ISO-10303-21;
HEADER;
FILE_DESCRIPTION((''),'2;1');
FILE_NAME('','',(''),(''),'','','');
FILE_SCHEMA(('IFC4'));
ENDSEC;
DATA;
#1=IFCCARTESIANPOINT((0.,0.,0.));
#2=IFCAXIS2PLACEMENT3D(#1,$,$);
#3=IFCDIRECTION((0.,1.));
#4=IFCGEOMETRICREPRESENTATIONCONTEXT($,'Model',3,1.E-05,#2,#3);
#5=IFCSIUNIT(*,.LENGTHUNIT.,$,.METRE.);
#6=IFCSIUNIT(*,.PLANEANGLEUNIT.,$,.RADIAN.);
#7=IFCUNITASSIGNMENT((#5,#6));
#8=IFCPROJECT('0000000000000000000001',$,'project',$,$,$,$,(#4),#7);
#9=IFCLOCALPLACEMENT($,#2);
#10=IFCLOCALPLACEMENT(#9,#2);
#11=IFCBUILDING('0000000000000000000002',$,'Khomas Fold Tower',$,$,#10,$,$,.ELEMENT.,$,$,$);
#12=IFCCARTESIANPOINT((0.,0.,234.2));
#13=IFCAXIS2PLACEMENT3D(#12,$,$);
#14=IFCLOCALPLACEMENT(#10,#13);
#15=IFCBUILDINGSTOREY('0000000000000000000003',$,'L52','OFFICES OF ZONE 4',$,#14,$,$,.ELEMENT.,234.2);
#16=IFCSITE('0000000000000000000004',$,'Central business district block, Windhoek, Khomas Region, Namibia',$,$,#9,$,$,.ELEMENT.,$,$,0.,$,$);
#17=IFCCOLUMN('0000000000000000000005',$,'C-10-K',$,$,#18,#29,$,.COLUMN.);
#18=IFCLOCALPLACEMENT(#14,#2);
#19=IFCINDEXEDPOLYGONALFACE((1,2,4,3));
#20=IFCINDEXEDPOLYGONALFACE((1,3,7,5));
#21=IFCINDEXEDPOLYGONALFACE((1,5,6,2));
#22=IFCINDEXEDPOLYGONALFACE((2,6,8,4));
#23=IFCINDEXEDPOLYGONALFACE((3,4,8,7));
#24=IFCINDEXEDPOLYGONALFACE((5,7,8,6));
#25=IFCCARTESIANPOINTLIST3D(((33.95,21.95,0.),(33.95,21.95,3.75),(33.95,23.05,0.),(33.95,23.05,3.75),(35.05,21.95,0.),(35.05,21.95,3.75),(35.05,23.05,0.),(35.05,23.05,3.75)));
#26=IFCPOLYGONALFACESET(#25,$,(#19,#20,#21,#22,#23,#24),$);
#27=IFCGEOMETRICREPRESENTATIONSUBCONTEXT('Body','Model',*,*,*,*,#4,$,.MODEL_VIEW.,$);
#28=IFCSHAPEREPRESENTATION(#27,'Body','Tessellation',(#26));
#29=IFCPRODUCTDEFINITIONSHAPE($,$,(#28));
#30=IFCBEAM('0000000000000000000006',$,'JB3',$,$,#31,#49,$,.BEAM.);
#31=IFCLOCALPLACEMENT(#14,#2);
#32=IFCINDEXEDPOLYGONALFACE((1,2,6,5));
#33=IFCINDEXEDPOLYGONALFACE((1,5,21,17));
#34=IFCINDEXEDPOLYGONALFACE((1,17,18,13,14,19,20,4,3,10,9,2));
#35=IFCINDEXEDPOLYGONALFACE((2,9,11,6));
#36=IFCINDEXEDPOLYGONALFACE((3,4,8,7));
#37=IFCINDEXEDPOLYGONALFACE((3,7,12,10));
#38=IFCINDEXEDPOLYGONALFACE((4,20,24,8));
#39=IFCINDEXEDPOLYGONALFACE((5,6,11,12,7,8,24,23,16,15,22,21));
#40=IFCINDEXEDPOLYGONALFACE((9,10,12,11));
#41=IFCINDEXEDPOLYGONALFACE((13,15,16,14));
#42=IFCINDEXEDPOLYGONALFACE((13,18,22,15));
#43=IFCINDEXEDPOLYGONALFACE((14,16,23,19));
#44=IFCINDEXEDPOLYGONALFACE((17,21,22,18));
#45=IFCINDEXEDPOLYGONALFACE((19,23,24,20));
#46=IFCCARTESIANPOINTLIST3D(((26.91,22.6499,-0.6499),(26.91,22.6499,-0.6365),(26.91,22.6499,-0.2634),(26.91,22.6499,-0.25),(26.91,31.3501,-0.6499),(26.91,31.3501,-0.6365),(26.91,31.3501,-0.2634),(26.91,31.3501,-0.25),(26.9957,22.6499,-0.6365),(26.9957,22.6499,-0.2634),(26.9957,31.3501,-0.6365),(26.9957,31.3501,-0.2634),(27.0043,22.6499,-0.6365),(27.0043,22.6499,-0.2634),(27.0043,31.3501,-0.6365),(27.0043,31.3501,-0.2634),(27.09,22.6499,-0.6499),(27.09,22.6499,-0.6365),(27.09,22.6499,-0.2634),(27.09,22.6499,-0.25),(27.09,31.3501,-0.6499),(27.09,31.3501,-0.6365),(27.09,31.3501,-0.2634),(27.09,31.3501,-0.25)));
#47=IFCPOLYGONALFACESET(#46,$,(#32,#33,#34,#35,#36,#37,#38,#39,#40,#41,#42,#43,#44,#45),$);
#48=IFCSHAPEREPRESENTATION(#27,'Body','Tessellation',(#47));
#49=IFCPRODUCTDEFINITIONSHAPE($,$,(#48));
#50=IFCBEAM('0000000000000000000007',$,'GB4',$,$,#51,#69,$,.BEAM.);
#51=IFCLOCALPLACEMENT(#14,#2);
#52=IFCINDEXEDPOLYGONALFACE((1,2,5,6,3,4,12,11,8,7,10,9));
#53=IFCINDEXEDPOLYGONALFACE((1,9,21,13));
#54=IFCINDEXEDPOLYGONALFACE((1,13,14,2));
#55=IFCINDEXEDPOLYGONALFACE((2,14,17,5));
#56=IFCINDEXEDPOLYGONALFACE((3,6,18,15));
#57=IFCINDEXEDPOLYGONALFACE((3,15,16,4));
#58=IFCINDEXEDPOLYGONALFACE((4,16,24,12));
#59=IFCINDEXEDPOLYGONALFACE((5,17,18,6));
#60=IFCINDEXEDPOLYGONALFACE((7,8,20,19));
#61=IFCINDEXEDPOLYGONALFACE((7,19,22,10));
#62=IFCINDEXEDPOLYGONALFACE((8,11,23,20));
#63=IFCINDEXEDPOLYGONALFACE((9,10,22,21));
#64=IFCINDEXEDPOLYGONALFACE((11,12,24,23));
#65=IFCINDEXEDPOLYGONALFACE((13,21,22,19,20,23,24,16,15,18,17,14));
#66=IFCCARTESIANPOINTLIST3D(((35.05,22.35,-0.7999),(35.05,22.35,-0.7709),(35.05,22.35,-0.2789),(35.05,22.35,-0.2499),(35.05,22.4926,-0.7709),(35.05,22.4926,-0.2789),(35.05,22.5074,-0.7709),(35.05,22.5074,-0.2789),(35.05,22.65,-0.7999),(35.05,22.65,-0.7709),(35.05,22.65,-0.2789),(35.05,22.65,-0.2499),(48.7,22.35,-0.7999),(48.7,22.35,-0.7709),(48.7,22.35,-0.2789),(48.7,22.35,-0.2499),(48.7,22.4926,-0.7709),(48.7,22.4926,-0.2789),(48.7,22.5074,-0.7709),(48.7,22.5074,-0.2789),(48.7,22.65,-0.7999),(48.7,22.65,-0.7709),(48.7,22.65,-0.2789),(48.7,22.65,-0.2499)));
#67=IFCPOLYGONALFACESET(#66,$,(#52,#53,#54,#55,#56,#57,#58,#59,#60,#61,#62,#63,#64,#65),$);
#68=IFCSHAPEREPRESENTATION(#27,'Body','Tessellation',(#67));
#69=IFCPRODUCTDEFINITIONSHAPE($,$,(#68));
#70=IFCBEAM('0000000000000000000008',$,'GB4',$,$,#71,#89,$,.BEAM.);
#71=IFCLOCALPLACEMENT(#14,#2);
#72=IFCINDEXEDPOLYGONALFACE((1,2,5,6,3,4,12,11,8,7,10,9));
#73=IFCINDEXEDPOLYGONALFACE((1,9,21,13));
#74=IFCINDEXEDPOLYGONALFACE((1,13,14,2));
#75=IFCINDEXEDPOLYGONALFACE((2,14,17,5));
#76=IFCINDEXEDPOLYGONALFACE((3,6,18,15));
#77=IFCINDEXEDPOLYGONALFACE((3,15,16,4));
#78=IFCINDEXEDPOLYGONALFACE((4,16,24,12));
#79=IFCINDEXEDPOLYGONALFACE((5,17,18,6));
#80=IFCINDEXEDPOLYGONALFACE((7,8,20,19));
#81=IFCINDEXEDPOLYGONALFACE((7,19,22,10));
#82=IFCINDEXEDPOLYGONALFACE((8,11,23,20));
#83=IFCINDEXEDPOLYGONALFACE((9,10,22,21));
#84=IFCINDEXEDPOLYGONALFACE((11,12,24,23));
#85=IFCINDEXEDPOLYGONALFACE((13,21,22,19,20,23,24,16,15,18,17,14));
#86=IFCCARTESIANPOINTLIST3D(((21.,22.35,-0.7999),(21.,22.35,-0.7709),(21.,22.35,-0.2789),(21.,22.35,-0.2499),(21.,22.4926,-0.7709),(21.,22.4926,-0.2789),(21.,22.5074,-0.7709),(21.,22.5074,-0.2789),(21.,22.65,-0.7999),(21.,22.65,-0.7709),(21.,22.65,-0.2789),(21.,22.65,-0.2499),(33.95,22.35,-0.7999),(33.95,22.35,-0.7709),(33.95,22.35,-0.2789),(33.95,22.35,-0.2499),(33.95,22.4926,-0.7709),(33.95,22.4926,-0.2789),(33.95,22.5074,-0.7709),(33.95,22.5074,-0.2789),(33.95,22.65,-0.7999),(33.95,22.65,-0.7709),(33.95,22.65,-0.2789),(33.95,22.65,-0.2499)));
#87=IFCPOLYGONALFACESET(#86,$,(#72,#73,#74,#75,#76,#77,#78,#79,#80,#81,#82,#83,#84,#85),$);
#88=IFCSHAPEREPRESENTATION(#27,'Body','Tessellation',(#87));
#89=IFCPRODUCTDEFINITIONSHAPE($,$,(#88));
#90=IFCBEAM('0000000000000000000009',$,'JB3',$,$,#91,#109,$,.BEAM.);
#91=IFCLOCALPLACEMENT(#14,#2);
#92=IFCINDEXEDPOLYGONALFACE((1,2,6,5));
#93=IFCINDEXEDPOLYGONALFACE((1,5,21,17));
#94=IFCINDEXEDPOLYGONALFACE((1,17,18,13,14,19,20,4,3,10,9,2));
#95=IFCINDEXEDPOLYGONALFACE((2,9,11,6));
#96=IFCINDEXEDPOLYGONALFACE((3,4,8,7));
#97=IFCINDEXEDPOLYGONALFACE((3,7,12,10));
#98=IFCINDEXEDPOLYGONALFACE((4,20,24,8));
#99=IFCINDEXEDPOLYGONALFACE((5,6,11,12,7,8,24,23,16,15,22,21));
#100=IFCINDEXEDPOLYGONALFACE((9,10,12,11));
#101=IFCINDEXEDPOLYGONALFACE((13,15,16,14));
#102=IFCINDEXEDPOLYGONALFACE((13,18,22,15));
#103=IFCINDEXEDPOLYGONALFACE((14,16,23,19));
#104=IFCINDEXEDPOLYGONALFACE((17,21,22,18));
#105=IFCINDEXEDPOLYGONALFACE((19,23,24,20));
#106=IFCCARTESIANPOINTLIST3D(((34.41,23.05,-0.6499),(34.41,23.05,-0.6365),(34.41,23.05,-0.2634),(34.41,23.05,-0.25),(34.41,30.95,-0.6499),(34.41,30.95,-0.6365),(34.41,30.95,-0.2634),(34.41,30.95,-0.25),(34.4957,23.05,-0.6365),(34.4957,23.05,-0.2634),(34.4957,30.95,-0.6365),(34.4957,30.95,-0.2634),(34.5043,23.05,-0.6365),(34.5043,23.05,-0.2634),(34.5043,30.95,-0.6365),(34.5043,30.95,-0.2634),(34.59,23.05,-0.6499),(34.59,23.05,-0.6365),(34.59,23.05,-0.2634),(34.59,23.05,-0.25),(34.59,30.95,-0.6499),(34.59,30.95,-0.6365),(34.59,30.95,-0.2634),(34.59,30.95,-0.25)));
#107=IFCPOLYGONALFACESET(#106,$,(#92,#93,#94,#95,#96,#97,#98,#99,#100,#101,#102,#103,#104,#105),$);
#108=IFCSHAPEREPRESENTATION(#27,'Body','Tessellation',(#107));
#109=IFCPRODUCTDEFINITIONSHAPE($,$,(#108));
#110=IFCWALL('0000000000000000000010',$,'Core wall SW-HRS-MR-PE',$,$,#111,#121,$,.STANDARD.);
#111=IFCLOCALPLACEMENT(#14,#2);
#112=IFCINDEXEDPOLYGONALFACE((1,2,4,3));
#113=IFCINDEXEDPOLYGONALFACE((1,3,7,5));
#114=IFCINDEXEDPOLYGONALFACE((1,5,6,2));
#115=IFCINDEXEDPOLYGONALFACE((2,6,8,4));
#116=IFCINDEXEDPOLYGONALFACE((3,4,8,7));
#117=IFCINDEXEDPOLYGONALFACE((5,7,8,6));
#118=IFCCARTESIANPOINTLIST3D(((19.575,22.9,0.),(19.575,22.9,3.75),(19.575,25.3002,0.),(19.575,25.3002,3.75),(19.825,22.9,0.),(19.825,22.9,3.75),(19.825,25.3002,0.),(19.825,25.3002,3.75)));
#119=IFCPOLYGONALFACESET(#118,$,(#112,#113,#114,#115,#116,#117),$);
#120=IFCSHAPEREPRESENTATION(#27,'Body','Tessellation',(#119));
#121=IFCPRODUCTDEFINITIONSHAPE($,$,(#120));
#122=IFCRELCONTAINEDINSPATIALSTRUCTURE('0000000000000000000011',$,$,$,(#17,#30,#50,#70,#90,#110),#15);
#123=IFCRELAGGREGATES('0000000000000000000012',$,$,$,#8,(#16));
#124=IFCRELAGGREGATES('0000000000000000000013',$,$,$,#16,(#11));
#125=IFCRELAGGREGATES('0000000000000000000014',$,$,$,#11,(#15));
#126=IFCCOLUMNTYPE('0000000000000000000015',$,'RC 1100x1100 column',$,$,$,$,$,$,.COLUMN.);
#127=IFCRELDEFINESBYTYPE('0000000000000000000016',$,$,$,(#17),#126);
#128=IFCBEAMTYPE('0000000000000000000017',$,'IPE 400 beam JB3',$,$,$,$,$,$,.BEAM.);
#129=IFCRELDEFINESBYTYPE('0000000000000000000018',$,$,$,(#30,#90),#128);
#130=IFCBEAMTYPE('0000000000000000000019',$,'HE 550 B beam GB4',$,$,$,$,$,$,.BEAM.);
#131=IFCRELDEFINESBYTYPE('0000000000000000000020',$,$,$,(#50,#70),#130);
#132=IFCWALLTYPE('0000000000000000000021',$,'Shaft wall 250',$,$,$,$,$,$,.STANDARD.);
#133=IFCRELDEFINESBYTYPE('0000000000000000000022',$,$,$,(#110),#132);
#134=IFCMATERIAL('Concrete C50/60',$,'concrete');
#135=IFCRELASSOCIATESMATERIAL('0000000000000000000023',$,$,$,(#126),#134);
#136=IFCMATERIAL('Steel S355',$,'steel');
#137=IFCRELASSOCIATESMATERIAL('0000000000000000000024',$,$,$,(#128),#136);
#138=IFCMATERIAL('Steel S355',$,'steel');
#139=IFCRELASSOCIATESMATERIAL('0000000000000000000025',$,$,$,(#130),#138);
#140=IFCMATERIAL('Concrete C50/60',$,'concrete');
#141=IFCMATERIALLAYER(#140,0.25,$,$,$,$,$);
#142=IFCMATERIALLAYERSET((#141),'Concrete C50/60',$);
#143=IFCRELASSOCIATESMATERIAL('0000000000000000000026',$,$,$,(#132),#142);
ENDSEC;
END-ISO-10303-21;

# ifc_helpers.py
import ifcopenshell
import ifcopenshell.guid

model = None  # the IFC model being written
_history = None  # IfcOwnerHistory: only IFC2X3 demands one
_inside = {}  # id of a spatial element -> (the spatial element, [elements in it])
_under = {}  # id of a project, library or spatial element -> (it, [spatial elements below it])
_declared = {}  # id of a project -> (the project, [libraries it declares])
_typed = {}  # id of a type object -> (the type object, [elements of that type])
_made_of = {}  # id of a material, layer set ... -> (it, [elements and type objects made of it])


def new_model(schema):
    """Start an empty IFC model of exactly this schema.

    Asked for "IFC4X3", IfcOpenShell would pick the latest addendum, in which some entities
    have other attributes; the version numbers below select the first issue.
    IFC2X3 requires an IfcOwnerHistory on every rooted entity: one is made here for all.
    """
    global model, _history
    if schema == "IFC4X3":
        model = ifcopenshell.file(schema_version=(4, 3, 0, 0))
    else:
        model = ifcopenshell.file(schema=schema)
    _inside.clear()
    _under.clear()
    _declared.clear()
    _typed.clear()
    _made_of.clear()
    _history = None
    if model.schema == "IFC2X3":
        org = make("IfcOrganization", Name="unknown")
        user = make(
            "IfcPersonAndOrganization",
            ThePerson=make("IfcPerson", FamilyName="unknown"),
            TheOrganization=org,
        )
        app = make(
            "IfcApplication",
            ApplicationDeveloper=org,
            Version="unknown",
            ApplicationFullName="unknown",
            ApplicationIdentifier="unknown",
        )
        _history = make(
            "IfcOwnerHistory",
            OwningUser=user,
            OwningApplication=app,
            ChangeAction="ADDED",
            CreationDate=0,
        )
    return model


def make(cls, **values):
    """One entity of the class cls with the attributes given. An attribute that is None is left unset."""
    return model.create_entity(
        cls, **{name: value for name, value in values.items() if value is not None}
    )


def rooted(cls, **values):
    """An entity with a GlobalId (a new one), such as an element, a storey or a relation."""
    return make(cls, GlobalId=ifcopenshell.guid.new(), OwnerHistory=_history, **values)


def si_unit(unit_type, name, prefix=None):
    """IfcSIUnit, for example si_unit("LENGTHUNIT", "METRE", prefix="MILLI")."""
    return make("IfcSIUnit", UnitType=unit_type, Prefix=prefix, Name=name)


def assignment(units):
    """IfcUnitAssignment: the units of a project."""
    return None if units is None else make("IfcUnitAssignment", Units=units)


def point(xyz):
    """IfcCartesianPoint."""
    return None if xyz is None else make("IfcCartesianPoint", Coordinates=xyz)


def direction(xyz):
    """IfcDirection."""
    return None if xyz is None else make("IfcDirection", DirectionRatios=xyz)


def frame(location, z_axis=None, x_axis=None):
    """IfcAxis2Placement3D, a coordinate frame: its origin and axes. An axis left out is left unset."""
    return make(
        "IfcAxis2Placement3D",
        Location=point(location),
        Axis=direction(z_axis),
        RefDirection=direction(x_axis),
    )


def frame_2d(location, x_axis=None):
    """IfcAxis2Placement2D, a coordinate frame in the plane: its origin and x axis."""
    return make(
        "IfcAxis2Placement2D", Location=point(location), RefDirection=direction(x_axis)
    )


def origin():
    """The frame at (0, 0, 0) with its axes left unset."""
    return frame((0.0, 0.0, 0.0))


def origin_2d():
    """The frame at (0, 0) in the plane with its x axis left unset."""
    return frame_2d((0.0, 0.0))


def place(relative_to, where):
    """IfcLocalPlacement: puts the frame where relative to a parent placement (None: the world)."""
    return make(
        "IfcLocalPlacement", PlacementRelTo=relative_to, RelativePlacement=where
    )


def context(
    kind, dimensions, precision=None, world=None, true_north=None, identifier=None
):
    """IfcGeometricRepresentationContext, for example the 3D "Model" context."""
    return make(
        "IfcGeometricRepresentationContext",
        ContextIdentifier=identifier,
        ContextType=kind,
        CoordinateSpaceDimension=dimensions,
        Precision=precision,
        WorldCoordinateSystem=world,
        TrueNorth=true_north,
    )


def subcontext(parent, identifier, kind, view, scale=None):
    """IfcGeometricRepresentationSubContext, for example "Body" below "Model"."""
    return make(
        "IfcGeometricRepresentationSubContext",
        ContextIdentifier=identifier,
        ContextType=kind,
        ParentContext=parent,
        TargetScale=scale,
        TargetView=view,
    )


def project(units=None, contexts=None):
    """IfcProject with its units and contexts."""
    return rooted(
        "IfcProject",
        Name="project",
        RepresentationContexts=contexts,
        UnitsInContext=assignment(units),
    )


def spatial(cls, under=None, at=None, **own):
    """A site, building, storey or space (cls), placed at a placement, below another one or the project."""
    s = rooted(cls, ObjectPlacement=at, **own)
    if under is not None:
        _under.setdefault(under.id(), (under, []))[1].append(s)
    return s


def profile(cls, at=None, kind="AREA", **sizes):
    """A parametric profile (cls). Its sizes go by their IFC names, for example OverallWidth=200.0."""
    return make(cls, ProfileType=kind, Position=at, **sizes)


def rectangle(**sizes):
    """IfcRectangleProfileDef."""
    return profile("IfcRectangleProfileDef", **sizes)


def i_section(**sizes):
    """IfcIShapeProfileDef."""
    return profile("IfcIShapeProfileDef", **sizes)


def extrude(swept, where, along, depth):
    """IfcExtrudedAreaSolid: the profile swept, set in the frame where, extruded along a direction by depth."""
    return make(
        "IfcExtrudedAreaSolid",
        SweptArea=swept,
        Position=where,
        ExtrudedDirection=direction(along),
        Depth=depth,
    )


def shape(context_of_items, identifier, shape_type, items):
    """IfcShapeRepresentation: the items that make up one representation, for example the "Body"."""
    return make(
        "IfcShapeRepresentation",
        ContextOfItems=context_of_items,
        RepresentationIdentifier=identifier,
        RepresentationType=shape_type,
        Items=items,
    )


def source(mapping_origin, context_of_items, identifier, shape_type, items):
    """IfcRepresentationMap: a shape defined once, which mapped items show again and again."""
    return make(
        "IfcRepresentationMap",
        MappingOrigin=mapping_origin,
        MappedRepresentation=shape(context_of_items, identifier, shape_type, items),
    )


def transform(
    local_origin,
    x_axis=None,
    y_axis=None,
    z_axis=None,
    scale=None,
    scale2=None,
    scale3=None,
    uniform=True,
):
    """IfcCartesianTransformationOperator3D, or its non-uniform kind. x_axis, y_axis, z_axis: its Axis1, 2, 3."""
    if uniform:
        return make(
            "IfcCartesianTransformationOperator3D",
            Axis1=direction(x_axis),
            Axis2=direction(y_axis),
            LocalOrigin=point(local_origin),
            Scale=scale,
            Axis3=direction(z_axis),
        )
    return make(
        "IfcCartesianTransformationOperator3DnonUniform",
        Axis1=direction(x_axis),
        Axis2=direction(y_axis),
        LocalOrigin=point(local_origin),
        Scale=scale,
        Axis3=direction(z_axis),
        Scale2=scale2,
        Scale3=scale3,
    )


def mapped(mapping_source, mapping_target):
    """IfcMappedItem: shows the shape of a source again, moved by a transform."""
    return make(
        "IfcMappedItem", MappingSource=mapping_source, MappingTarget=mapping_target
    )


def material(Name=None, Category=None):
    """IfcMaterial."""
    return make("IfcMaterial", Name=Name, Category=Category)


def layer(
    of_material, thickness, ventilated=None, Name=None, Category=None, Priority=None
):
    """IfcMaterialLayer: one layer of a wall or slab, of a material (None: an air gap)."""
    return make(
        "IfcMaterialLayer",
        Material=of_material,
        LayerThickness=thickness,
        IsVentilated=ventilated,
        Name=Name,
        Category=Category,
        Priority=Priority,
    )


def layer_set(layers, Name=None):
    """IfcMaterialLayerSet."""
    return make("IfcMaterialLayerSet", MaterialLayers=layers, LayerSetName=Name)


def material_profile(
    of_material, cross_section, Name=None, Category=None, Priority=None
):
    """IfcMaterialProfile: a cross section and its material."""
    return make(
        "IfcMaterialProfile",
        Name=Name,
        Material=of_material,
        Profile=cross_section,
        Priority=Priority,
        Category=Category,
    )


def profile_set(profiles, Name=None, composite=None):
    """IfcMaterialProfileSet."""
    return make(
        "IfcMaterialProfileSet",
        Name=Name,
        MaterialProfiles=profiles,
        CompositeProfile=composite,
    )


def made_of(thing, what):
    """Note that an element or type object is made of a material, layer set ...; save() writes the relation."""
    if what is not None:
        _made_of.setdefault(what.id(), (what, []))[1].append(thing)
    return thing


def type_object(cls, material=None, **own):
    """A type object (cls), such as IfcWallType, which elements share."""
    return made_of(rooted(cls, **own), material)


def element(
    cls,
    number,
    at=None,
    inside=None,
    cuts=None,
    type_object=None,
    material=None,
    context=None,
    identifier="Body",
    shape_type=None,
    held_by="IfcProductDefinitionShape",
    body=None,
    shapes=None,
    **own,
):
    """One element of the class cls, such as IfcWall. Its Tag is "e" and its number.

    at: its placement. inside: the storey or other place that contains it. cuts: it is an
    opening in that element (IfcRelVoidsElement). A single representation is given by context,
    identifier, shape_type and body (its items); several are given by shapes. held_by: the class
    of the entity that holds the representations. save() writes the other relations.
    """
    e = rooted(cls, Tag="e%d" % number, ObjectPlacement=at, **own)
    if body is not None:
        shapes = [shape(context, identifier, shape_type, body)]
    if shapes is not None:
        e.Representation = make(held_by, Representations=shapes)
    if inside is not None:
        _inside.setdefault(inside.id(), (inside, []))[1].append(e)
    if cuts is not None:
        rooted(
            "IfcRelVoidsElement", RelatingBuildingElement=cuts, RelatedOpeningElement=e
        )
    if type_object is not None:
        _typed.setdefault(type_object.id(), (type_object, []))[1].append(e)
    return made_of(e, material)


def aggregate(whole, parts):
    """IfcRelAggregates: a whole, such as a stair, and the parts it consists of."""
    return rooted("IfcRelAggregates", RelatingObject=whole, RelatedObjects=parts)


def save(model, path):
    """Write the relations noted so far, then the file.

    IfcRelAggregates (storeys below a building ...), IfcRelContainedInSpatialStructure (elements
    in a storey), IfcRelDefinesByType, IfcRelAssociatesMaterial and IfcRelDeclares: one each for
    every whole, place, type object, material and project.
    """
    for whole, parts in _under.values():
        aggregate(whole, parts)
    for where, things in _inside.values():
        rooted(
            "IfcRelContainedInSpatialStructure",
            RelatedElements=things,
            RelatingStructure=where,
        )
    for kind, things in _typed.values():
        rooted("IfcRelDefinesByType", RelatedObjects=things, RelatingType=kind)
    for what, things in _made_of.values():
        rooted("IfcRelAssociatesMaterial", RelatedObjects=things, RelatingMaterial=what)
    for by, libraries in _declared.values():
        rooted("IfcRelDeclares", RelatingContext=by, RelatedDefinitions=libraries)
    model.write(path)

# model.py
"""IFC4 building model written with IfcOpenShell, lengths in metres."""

from ifc_helpers import new_model, si_unit, direction, frame, frame_2d, origin, origin_2d, place, context, subcontext, project, spatial, rectangle, i_section, extrude, source, transform, mapped, material, layer, layer_set, material_profile, profile_set, type_object, element, save


model = new_model("IFC4")

# Units and contexts
model_context = context("Model", 3, precision=1e-05, world=origin(), true_north=direction((0.0, 1.0)))
body_context = subcontext(model_context, "Body", "Model", "MODEL_VIEW")
ifc_project = project(units=[si_unit("LENGTHUNIT", "METRE"), si_unit("PLANEANGLEUNIT", "RADIAN")], contexts=[model_context])

# Site, building, storey
site_placement = place(None, origin())
site = spatial("IfcSite", under=ifc_project, at=site_placement, Name="Central business district block, Windhoek, Khomas Region, Namibia", CompositionType="ELEMENT", RefElevation=0.0)
building_placement = place(site_placement, origin())
building = spatial("IfcBuilding", under=site, at=building_placement, Name="Khomas Fold Tower", CompositionType="ELEMENT")
storey_placement = place(building_placement, frame((0.0, 0.0, 234.2)))
storey = spatial("IfcBuildingStorey", under=building, at=storey_placement, Name="L52", Description="OFFICES OF ZONE 4", CompositionType="ELEMENT", Elevation=234.2)

# Column
ifc_material_1 = material(Name="Concrete C50/60", Category="concrete")
ifc_material_profile_1 = material_profile(ifc_material_1, rectangle(XDim=1.1001, YDim=1.1001, at=origin_2d()), Name="RC 1100x1100")
ifc_profile_set_1 = profile_set([ifc_material_profile_1], Name="Concrete C50/60")
column_type = type_object("IfcColumnType", Name="RC 1100x1100 column", PredefinedType="COLUMN", material=ifc_profile_set_1)
shared_shape_1 = source(origin(), body_context, "Body", "SweptSolid", [
    extrude(rectangle(XDim=1.1001, YDim=1.1001, at=origin_2d()), origin(), (0.0, 0.0, 1.0), 3.75),
])
column_placement = place(storey_placement, frame((34.5, 22.5, 0.0), z_axis=(0.0, 0.0, 1.0), x_axis=(1.0, 0.0, 0.0)))
element("IfcColumn", 1, at=column_placement, inside=storey, type_object=column_type, Name="C-10-K", PredefinedType="COLUMN", context=body_context, shape_type="MappedRepresentation", body=[
    mapped(shared_shape_1, transform((0.0, 0.0, 0.0))),
])

# Beams
ifc_material_2 = material(Name="Steel S355", Category="steel")
ifc_material_profile_2 = material_profile(ifc_material_2, i_section(OverallWidth=0.1799, OverallDepth=0.3999, WebThickness=0.0085, FlangeThickness=0.0134, at=origin_2d()), Name="IPE 400")
ifc_profile_set_2 = profile_set([ifc_material_profile_2], Name="Steel S355")
beam_type_1 = type_object("IfcBeamType", Name="IPE 400 beam JB3", PredefinedType="BEAM", material=ifc_profile_set_2)
shared_shape_2 = source(origin(), body_context, "Body", "SweptSolid", [
    extrude(i_section(OverallWidth=0.1799, OverallDepth=0.3999, WebThickness=0.0085, FlangeThickness=0.0134, at=origin_2d()), origin(), (0.0, 0.0, 1.0), 8.7002),
])
beam_1_placement = place(storey_placement, frame((27.0, 22.6499, -0.45), z_axis=(0.0, 1.0, 0.0), x_axis=(-1.0, 0.0, 0.0)))
element("IfcBeam", 2, at=beam_1_placement, inside=storey, type_object=beam_type_1, Name="JB3", PredefinedType="BEAM", context=body_context, shape_type="MappedRepresentation", body=[
    mapped(shared_shape_2, transform((0.0, 0.0, 0.0))),
])
ifc_material_3 = material(Name="Steel S355", Category="steel")
ifc_material_profile_3 = material_profile(ifc_material_3, i_section(OverallWidth=0.3, OverallDepth=0.55, WebThickness=0.0149, FlangeThickness=0.0291, at=origin_2d()), Name="HE 550 B")
ifc_profile_set_3 = profile_set([ifc_material_profile_3], Name="Steel S355")
beam_type_2 = type_object("IfcBeamType", Name="HE 550 B beam GB4", PredefinedType="BEAM", material=ifc_profile_set_3)
shared_shape_3 = source(origin(), body_context, "Body", "SweptSolid", [
    extrude(i_section(OverallWidth=0.3, OverallDepth=0.55, WebThickness=0.0149, FlangeThickness=0.0291, at=origin_2d()), origin(), (0.0, 0.0, 1.0), 13.6499),
])
beam_2_placement = place(storey_placement, frame((35.05, 22.5, -0.5249), z_axis=(1.0, 0.0, 0.0), x_axis=(0.0, 1.0, 0.0)))
element("IfcBeam", 3, at=beam_2_placement, inside=storey, type_object=beam_type_2, Name="GB4", PredefinedType="BEAM", context=body_context, shape_type="MappedRepresentation", body=[
    mapped(shared_shape_3, transform((0.0, 0.0, 0.0))),
])
shared_shape_4 = source(origin(), body_context, "Body", "SweptSolid", [
    extrude(i_section(OverallWidth=0.3, OverallDepth=0.55, WebThickness=0.0149, FlangeThickness=0.0291, at=origin_2d()), origin(), (0.0, 0.0, 1.0), 12.95),
])
beam_3_placement = place(storey_placement, frame((21.0, 22.5, -0.5249), z_axis=(1.0, 0.0, 0.0), x_axis=(0.0, 1.0, 0.0)))
element("IfcBeam", 4, at=beam_3_placement, inside=storey, type_object=beam_type_2, Name="GB4", PredefinedType="BEAM", context=body_context, shape_type="MappedRepresentation", body=[
    mapped(shared_shape_4, transform((0.0, 0.0, 0.0))),
])
shared_shape_5 = source(origin(), body_context, "Body", "SweptSolid", [
    extrude(i_section(OverallWidth=0.1799, OverallDepth=0.3999, WebThickness=0.0085, FlangeThickness=0.0134, at=origin_2d()), origin(), (0.0, 0.0, 1.0), 7.8999),
])
beam_4_placement = place(storey_placement, frame((34.5, 23.05, -0.45), z_axis=(0.0, 1.0, 0.0), x_axis=(-1.0, 0.0, 0.0)))
element("IfcBeam", 5, at=beam_4_placement, inside=storey, type_object=beam_type_1, Name="JB3", PredefinedType="BEAM", context=body_context, shape_type="MappedRepresentation", body=[
    mapped(shared_shape_5, transform((0.0, 0.0, 0.0))),
])

# Wall
ifc_material_4 = material(Name="Concrete C50/60", Category="concrete")
ifc_layer_1 = layer(ifc_material_4, 0.25)
ifc_layer_set_1 = layer_set([ifc_layer_1], Name="Concrete C50/60")
wall_type_1 = type_object("IfcWallType", Name="Shaft wall 250", PredefinedType="STANDARD", material=ifc_layer_set_1)
shared_shape_6 = source(origin(), body_context, "Body", "SweptSolid", [
    extrude(rectangle(XDim=2.4001, YDim=0.25, at=frame_2d((1.2002, 0.0))), origin(), (0.0, 0.0, 1.0), 3.75),
])
wall_1_placement = place(storey_placement, frame((19.7, 22.8999, 0.0), z_axis=(0.0, 0.0, 1.0), x_axis=(0.0, 1.0, 0.0)))
element("IfcWall", 6, at=wall_1_placement, inside=storey, type_object=wall_type_1, Name="Core wall SW-HRS-MR-PE", PredefinedType="STANDARD", context=body_context, shape_type="MappedRepresentation", body=[
    mapped(shared_shape_6, transform((0.0, 0.0, 0.0))),
])

save(model, "model.ifc")
